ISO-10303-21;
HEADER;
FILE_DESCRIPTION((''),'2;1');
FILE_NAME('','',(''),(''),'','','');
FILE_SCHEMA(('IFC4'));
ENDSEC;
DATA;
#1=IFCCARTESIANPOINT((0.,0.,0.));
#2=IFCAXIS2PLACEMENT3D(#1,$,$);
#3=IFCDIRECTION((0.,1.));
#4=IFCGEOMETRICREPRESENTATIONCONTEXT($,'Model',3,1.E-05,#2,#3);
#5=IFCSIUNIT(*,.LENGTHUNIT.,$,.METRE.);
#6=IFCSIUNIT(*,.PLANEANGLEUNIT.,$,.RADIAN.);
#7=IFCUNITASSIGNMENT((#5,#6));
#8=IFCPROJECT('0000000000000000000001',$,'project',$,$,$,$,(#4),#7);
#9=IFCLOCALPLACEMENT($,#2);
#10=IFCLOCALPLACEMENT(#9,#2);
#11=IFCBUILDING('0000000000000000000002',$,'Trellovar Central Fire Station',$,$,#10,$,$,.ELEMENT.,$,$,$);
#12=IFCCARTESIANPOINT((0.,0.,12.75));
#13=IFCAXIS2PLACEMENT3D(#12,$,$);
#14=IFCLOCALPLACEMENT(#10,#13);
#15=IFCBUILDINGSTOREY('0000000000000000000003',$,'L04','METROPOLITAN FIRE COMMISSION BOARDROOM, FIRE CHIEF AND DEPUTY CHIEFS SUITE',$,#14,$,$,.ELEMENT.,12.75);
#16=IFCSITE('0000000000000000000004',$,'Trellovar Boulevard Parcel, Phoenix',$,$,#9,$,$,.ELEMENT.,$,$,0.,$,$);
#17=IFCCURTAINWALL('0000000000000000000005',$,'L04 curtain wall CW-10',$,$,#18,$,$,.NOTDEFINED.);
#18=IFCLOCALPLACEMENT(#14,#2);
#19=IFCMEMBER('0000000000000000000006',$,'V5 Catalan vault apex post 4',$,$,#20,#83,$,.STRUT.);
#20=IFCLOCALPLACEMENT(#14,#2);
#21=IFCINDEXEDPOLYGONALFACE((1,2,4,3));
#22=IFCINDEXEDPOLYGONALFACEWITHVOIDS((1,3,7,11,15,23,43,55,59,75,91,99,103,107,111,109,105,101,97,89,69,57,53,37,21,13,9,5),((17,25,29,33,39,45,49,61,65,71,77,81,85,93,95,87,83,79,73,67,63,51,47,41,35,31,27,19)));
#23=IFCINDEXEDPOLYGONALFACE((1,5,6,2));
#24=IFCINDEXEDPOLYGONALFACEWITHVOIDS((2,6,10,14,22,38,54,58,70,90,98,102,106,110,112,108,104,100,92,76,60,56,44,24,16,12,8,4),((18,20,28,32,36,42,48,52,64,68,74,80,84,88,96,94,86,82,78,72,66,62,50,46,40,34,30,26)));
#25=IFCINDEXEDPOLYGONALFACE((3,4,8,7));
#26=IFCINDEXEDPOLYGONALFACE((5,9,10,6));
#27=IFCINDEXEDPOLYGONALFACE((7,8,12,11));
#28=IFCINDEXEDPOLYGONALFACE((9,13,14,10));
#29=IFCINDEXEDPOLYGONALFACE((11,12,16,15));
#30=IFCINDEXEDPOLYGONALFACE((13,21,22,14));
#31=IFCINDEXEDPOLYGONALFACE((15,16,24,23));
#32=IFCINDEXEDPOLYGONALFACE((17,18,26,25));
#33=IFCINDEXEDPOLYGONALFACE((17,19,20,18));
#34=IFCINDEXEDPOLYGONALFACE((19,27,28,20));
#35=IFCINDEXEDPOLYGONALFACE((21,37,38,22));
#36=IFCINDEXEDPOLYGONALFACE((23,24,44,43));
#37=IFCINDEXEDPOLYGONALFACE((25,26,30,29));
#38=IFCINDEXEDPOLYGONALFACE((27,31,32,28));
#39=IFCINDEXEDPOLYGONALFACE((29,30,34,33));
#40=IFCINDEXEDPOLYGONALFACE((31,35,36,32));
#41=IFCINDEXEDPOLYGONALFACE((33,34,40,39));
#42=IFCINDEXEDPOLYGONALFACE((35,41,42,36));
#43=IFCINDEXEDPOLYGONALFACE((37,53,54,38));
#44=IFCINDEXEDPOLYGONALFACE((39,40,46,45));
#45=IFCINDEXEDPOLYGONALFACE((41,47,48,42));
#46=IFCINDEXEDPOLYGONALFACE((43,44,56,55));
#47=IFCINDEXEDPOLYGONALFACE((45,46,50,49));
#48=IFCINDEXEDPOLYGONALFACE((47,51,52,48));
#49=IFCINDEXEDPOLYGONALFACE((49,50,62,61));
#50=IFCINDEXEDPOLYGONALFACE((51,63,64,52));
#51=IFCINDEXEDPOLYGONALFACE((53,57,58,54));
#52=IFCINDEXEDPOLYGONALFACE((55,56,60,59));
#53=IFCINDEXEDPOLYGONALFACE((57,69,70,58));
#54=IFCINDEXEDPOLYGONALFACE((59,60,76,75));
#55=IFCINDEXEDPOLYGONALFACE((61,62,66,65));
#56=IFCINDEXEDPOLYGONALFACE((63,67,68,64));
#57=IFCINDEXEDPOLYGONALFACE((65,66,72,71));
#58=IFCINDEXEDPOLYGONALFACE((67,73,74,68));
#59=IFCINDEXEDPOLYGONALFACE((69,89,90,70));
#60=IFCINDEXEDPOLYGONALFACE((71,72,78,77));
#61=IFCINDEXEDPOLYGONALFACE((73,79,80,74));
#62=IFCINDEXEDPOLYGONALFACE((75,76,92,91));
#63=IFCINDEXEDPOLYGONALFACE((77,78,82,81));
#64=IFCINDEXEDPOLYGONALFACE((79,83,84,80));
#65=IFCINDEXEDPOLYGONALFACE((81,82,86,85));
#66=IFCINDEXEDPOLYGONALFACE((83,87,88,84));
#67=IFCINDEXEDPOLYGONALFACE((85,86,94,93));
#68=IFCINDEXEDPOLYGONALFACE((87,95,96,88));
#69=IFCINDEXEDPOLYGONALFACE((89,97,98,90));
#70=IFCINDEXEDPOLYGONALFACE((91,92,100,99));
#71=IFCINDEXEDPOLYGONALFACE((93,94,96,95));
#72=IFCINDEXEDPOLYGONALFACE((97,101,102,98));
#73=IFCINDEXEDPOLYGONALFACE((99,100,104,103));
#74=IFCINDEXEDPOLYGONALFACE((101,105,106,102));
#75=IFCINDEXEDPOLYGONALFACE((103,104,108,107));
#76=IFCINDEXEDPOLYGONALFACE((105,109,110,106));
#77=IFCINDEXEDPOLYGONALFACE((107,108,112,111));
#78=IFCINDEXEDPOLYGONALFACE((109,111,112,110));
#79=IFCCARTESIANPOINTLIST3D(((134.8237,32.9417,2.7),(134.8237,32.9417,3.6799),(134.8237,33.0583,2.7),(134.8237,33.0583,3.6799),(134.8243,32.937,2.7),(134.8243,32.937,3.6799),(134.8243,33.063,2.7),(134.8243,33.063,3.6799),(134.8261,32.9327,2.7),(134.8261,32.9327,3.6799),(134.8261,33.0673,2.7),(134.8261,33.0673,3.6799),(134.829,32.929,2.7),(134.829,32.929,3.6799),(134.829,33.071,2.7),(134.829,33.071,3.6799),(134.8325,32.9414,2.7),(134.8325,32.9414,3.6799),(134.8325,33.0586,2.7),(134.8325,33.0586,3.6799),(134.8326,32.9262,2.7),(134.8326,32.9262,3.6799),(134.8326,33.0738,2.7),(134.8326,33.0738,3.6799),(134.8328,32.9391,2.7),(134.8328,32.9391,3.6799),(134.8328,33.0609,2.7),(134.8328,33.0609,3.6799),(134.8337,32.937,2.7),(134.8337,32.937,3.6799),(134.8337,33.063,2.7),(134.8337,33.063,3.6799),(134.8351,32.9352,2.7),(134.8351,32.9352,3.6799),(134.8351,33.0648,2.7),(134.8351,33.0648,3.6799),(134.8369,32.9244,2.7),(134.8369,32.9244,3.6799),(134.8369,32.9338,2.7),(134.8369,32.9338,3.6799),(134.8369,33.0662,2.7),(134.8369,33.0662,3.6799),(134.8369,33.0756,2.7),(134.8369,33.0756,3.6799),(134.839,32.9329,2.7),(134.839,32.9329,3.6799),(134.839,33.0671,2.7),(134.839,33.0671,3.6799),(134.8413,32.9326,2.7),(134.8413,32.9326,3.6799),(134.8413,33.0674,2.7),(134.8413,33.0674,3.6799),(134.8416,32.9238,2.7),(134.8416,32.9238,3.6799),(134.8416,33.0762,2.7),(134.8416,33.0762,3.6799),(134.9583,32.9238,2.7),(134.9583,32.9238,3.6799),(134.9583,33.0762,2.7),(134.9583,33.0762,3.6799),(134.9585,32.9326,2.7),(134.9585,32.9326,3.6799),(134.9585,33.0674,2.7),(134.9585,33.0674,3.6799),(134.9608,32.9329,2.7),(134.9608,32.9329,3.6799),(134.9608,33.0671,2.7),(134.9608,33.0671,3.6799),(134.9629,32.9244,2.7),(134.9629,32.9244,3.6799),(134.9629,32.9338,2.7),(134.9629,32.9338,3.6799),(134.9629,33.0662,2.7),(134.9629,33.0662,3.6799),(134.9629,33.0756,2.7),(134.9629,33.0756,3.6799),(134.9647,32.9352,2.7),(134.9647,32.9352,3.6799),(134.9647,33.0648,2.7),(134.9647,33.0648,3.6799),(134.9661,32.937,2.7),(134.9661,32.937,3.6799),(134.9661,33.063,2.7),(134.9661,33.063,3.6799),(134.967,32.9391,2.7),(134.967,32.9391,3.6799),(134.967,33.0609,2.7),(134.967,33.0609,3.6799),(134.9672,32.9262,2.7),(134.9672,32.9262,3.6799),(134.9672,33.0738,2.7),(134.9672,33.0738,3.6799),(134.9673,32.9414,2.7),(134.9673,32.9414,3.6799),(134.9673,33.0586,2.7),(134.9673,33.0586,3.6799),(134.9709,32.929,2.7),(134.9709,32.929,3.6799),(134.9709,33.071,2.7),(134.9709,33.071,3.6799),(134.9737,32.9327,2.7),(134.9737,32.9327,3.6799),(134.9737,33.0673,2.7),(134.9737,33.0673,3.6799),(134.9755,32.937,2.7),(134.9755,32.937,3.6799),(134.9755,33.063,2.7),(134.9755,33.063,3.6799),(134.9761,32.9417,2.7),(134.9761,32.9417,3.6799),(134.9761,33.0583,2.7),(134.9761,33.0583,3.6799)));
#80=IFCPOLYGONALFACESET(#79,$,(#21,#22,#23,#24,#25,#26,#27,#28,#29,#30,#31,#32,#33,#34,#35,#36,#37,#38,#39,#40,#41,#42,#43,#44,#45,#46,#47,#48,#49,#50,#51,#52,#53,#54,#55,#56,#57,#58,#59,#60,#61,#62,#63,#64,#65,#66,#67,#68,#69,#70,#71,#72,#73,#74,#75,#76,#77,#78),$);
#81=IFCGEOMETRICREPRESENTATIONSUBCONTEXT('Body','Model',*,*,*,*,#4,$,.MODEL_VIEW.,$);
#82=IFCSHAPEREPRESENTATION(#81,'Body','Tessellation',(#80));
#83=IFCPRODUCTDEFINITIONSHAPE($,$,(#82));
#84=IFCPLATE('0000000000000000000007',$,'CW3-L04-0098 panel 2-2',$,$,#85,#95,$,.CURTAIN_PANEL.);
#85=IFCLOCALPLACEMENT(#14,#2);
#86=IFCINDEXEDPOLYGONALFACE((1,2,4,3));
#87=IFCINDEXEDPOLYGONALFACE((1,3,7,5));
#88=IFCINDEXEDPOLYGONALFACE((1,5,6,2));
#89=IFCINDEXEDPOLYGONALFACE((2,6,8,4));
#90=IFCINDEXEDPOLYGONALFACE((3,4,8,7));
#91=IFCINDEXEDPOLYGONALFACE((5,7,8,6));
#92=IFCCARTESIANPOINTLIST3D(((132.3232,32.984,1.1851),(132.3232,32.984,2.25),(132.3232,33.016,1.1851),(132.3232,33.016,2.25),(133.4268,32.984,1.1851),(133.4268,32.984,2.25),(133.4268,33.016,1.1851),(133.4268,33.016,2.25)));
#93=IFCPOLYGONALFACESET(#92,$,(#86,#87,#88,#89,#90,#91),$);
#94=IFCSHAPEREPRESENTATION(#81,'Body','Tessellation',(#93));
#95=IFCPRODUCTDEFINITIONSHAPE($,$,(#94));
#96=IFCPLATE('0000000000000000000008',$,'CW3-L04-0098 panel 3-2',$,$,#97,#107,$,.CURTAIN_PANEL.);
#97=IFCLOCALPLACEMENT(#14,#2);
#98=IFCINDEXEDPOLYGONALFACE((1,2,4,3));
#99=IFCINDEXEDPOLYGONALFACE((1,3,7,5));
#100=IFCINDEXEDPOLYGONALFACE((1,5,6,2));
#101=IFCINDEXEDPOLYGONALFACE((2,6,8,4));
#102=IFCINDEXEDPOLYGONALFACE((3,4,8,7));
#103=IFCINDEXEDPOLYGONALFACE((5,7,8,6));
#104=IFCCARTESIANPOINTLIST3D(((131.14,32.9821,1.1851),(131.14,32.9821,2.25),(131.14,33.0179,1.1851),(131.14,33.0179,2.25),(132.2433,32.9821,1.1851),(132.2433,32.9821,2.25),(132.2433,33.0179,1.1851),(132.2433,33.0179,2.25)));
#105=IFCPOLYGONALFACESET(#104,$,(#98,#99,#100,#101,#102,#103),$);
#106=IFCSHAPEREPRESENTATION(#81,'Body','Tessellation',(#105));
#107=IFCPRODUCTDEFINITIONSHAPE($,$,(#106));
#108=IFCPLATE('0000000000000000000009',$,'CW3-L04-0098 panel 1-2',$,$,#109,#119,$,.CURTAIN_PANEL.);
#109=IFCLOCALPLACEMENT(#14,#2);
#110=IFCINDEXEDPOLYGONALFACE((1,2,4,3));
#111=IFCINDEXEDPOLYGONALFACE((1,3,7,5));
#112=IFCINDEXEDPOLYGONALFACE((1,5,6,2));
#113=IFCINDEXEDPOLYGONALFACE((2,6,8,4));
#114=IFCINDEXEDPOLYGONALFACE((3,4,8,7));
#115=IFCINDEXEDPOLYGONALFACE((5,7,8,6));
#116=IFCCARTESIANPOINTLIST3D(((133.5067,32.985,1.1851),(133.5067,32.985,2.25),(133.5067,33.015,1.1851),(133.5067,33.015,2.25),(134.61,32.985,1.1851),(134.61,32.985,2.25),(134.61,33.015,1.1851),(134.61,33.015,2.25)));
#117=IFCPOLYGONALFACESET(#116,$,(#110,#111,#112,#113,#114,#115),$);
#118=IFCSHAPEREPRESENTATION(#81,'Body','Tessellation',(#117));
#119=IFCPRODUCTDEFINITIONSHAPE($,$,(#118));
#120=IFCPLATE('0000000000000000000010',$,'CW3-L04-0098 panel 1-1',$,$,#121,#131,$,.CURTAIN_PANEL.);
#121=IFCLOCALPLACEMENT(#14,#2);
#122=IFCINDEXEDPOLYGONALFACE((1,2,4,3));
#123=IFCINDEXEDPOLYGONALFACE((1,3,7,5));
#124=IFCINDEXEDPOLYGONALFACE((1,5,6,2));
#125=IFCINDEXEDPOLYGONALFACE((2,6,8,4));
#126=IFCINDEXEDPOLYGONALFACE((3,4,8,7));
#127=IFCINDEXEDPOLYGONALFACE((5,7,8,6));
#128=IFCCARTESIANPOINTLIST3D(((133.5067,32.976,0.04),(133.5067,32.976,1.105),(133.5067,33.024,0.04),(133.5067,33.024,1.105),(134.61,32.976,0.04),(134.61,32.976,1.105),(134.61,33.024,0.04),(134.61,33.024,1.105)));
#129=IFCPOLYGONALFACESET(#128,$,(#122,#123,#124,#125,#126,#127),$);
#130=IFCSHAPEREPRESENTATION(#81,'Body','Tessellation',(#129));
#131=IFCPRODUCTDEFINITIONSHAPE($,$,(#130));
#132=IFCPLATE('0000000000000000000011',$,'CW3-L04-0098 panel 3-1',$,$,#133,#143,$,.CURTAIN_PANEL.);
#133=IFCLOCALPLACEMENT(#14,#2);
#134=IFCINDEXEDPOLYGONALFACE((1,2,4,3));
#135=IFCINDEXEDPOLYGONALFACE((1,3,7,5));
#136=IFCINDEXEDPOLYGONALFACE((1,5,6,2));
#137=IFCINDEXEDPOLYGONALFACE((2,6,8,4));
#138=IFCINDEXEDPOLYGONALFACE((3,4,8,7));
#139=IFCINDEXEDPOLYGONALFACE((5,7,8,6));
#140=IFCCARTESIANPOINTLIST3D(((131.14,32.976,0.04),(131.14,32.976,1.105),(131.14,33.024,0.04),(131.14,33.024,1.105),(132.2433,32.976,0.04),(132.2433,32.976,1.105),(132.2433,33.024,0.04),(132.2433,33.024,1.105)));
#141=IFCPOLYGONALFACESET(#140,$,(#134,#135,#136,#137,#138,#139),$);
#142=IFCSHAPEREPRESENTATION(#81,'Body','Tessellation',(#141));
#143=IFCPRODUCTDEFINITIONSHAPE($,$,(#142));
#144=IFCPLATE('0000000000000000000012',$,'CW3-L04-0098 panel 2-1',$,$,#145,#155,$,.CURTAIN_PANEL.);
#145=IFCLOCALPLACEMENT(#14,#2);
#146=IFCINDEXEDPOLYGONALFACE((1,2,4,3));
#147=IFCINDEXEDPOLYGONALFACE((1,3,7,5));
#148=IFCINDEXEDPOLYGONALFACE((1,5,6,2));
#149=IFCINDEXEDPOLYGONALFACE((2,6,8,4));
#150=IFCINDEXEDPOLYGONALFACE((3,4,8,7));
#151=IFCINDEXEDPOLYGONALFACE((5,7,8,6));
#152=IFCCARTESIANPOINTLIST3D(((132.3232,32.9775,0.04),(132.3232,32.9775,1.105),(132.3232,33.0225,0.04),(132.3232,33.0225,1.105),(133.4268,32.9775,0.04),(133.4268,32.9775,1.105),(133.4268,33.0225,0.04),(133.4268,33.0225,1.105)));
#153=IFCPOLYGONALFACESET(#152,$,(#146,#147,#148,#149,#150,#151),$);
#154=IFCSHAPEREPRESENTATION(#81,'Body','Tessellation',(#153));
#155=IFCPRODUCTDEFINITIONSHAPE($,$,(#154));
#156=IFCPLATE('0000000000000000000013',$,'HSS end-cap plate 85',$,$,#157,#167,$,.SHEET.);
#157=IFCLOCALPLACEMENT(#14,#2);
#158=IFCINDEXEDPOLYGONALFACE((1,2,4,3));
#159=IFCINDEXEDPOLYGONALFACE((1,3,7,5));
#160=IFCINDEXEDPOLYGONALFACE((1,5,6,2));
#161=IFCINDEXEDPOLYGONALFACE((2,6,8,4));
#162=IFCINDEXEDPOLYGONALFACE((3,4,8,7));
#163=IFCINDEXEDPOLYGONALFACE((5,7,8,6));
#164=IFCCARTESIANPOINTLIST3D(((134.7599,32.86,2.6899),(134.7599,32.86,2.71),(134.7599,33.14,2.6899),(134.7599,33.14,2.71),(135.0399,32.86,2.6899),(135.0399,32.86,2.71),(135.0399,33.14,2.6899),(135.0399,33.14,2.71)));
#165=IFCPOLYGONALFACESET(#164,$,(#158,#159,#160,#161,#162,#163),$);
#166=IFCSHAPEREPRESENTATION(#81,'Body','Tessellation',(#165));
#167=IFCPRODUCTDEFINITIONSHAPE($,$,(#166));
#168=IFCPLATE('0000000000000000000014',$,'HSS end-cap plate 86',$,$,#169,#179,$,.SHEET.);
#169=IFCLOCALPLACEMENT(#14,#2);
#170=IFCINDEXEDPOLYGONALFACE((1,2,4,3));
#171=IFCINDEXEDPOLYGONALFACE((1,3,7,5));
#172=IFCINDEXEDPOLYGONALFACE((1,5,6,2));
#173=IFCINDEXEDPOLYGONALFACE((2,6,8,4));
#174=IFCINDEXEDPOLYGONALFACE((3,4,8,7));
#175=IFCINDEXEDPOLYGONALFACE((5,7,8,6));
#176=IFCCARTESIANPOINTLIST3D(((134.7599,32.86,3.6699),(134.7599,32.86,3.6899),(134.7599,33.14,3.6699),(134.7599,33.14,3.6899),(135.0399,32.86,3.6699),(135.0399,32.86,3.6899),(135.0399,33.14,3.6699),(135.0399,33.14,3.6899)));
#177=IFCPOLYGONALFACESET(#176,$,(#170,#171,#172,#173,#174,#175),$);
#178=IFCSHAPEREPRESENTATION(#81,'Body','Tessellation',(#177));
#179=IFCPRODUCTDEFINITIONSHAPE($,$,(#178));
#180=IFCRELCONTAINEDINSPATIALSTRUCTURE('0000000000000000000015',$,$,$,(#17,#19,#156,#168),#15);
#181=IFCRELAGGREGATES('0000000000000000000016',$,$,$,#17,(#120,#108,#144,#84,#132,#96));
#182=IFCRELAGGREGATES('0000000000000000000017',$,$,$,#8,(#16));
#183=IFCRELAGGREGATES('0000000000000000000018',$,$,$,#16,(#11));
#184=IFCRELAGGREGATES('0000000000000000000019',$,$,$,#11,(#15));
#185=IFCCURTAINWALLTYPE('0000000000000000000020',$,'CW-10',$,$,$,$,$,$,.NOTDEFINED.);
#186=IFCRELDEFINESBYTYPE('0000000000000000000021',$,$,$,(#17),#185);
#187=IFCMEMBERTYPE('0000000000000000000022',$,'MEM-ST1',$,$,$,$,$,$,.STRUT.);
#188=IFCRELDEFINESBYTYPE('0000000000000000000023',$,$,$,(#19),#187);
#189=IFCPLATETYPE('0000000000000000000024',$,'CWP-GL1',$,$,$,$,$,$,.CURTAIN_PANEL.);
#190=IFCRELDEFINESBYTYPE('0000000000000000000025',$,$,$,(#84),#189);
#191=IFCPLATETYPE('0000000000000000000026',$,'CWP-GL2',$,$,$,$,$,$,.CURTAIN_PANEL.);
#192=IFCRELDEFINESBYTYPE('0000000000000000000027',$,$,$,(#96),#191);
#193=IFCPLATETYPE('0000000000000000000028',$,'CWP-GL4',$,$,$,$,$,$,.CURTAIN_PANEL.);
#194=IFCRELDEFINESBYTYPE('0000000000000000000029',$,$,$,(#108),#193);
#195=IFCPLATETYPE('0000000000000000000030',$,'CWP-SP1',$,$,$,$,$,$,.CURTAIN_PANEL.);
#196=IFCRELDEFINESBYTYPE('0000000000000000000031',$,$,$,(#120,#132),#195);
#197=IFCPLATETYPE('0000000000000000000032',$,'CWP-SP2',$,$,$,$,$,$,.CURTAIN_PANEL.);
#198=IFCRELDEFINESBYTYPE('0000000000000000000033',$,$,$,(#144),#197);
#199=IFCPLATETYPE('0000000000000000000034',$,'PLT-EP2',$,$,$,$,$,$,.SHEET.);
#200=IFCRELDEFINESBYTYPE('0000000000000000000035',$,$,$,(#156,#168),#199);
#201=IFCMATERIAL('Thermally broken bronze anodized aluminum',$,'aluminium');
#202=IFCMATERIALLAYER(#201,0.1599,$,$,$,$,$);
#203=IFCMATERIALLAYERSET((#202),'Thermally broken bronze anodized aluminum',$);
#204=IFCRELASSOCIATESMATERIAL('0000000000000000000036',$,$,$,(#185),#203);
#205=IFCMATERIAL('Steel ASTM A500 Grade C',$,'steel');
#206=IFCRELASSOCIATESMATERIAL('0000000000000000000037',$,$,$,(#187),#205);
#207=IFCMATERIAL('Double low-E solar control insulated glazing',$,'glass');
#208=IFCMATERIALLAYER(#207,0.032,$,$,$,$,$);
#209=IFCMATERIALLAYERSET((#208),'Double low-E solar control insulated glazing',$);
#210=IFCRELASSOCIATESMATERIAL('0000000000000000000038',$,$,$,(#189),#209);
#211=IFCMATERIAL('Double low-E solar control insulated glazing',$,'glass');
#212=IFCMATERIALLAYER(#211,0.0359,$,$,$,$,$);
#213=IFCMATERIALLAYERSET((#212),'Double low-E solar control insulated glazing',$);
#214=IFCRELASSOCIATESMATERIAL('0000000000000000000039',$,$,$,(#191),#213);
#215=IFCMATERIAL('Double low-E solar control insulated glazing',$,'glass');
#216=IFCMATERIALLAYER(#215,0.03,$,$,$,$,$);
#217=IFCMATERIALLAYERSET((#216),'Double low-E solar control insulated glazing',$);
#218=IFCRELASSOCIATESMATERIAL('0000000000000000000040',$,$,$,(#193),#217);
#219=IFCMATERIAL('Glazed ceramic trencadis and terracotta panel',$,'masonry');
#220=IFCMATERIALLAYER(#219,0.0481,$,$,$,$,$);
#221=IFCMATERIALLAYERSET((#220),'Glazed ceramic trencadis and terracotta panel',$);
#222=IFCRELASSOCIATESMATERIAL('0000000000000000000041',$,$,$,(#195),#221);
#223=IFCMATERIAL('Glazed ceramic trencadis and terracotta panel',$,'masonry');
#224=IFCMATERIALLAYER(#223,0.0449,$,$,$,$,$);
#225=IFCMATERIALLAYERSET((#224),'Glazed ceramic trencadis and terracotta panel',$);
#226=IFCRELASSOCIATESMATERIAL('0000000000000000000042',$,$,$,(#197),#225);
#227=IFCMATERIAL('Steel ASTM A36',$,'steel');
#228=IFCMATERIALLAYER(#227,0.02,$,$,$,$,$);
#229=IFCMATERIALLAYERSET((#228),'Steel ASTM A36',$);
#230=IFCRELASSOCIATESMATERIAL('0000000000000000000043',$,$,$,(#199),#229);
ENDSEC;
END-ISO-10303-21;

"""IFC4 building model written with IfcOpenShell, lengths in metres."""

from ifc_helpers import new_model, si_unit, direction, frame, origin, origin_2d, place, context, subcontext, project, spatial, rectangle, hollow_rectangle, extrude, material, layer, layer_set, material_profile, profile_set, type_object, element, aggregate, save


model = new_model("IFC4")

# Units and contexts
model_context = context("Model", 3, precision=1e-05, world=origin(), true_north=direction((0.0, 1.0)))
body_context = subcontext(model_context, "Body", "Model", "MODEL_VIEW")
ifc_project = project(units=[si_unit("LENGTHUNIT", "METRE"), si_unit("PLANEANGLEUNIT", "RADIAN")], contexts=[model_context])

# Site, building, storey
site_placement = place(None, origin())
site = spatial("IfcSite", under=ifc_project, at=site_placement, Name="Trellovar Boulevard Parcel, Phoenix", CompositionType="ELEMENT", RefElevation=0.0)
building_placement = place(site_placement, origin())
building = spatial("IfcBuilding", under=site, at=building_placement, Name="Trellovar Central Fire Station", CompositionType="ELEMENT")
storey_placement = place(building_placement, frame((0.0, 0.0, 12.75)))
storey = spatial("IfcBuildingStorey", under=building, at=storey_placement, Name="L04", Description="METROPOLITAN FIRE COMMISSION BOARDROOM, FIRE CHIEF AND DEPUTY CHIEFS SUITE", CompositionType="ELEMENT", Elevation=12.75)

# Curtain wall
ifc_material_1 = material(Name="Thermally broken bronze anodized aluminum", Category="aluminium")
ifc_layer_1 = layer(ifc_material_1, 0.1599)
ifc_layer_set_1 = layer_set([ifc_layer_1], Name="Thermally broken bronze anodized aluminum")
curtain_wall_type_1 = type_object("IfcCurtainWallType", Name="CW-10", PredefinedType="NOTDEFINED", material=ifc_layer_set_1)
curtain_wall_1_placement = place(storey_placement, origin())
curtain_wall_1 = element("IfcCurtainWall", 1, at=curtain_wall_1_placement, inside=storey, type_object=curtain_wall_type_1, Name="L04 curtain wall CW-10", PredefinedType="NOTDEFINED")

# Member
ifc_material_2 = material(Name="Steel ASTM A500 Grade C", Category="steel")
ifc_material_profile_1 = material_profile(ifc_material_2, hollow_rectangle(XDim=0.1523, YDim=0.1523, WallThickness=0.0088, InnerFilletRadius=0.0088, OuterFilletRadius=0.0178, at=origin_2d()), Name="HSS6X6X3/8")
ifc_profile_set_1 = profile_set([ifc_material_profile_1], Name="Steel ASTM A500 Grade C")
member_type_1 = type_object("IfcMemberType", Name="MEM-ST1", PredefinedType="STRUT", material=ifc_profile_set_1)
member_1_placement = place(storey_placement, frame((134.8999, 33.0, 2.7), z_axis=(0.0, 0.0, 1.0), x_axis=(1.0, 0.0, 0.0)))
element("IfcMember", 2, at=member_1_placement, inside=storey, type_object=member_type_1, Name="V5 Catalan vault apex post 4", PredefinedType="STRUT", context=body_context, shape_type="SweptSolid", body=[
    extrude(hollow_rectangle(XDim=0.1523, YDim=0.1523, WallThickness=0.0088, InnerFilletRadius=0.0088, OuterFilletRadius=0.0178, at=origin_2d()), origin(), (0.0, 0.0, 1.0), 0.98),
])

# Plates
ifc_material_3 = material(Name="Double low-E solar control insulated glazing", Category="glass")
ifc_layer_2 = layer(ifc_material_3, 0.032)
ifc_layer_set_2 = layer_set([ifc_layer_2], Name="Double low-E solar control insulated glazing")
plate_type_1 = type_object("IfcPlateType", Name="CWP-GL1", PredefinedType="CURTAIN_PANEL", material=ifc_layer_set_2)
plate_1_placement = place(storey_placement, frame((132.875, 33.0, 1.1851), z_axis=(0.0, 0.0, 1.0), x_axis=(-1.0, 0.0, 0.0)))
plate_1 = element("IfcPlate", 3, at=plate_1_placement, type_object=plate_type_1, Name="CW3-L04-0098 panel 2-2", PredefinedType="CURTAIN_PANEL", context=body_context, shape_type="SweptSolid", body=[
    extrude(rectangle(XDim=1.1035, YDim=0.032, at=origin_2d()), origin(), (0.0, 0.0, 1.0), 1.0649),
])
ifc_material_4 = material(Name="Double low-E solar control insulated glazing", Category="glass")
ifc_layer_3 = layer(ifc_material_4, 0.0359)
ifc_layer_set_3 = layer_set([ifc_layer_3], Name="Double low-E solar control insulated glazing")
plate_type_2 = type_object("IfcPlateType", Name="CWP-GL2", PredefinedType="CURTAIN_PANEL", material=ifc_layer_set_3)
plate_2_placement = place(storey_placement, frame((131.6917, 33.0, 1.1851), z_axis=(0.0, 0.0, 1.0), x_axis=(-1.0, 0.0, 0.0)))
plate_2 = element("IfcPlate", 4, at=plate_2_placement, type_object=plate_type_2, Name="CW3-L04-0098 panel 3-2", PredefinedType="CURTAIN_PANEL", context=body_context, shape_type="SweptSolid", body=[
    extrude(rectangle(XDim=1.1033, YDim=0.0359, at=origin_2d()), origin(), (0.0, 0.0, 1.0), 1.0649),
])
ifc_material_5 = material(Name="Double low-E solar control insulated glazing", Category="glass")
ifc_layer_4 = layer(ifc_material_5, 0.03)
ifc_layer_set_4 = layer_set([ifc_layer_4], Name="Double low-E solar control insulated glazing")
plate_type_3 = type_object("IfcPlateType", Name="CWP-GL4", PredefinedType="CURTAIN_PANEL", material=ifc_layer_set_4)
plate_3_placement = place(storey_placement, frame((134.0583, 33.0, 1.1851), z_axis=(0.0, 0.0, 1.0), x_axis=(-1.0, 0.0, 0.0)))
plate_3 = element("IfcPlate", 5, at=plate_3_placement, type_object=plate_type_3, Name="CW3-L04-0098 panel 1-2", PredefinedType="CURTAIN_PANEL", context=body_context, shape_type="SweptSolid", body=[
    extrude(rectangle(XDim=1.1033, YDim=0.03, at=origin_2d()), origin(), (0.0, 0.0, 1.0), 1.0649),
])
ifc_material_6 = material(Name="Glazed ceramic trencadis and terracotta panel", Category="masonry")
ifc_layer_5 = layer(ifc_material_6, 0.0481)
ifc_layer_set_5 = layer_set([ifc_layer_5], Name="Glazed ceramic trencadis and terracotta panel")
plate_type_4 = type_object("IfcPlateType", Name="CWP-SP1", PredefinedType="CURTAIN_PANEL", material=ifc_layer_set_5)
plate_4_placement = place(storey_placement, frame((134.0583, 33.0, 0.04), z_axis=(0.0, 0.0, 1.0), x_axis=(-1.0, 0.0, 0.0)))
plate_4 = element("IfcPlate", 6, at=plate_4_placement, type_object=plate_type_4, Name="CW3-L04-0098 panel 1-1", PredefinedType="CURTAIN_PANEL", context=body_context, shape_type="SweptSolid", body=[
    extrude(rectangle(XDim=1.1033, YDim=0.0481, at=origin_2d()), origin(), (0.0, 0.0, 1.0), 1.0649),
])
plate_5_placement = place(storey_placement, frame((131.6917, 33.0, 0.04), z_axis=(0.0, 0.0, 1.0), x_axis=(-1.0, 0.0, 0.0)))
plate_5 = element("IfcPlate", 7, at=plate_5_placement, type_object=plate_type_4, Name="CW3-L04-0098 panel 3-1", PredefinedType="CURTAIN_PANEL", context=body_context, shape_type="SweptSolid", body=[
    extrude(rectangle(XDim=1.1033, YDim=0.0481, at=origin_2d()), origin(), (0.0, 0.0, 1.0), 1.0649),
])
ifc_material_7 = material(Name="Glazed ceramic trencadis and terracotta panel", Category="masonry")
ifc_layer_6 = layer(ifc_material_7, 0.0449)
ifc_layer_set_6 = layer_set([ifc_layer_6], Name="Glazed ceramic trencadis and terracotta panel")
plate_type_5 = type_object("IfcPlateType", Name="CWP-SP2", PredefinedType="CURTAIN_PANEL", material=ifc_layer_set_6)
plate_6_placement = place(storey_placement, frame((132.875, 33.0, 0.04), z_axis=(0.0, 0.0, 1.0), x_axis=(-1.0, 0.0, 0.0)))
plate_6 = element("IfcPlate", 8, at=plate_6_placement, type_object=plate_type_5, Name="CW3-L04-0098 panel 2-1", PredefinedType="CURTAIN_PANEL", context=body_context, shape_type="SweptSolid", body=[
    extrude(rectangle(XDim=1.1035, YDim=0.0449, at=origin_2d()), origin(), (0.0, 0.0, 1.0), 1.0649),
])
aggregate(curtain_wall_1, [plate_4, plate_3, plate_6, plate_1, plate_5, plate_2])

# Plates
ifc_material_8 = material(Name="Steel ASTM A36", Category="steel")
ifc_layer_7 = layer(ifc_material_8, 0.02)
ifc_layer_set_7 = layer_set([ifc_layer_7], Name="Steel ASTM A36")
plate_type_6 = type_object("IfcPlateType", Name="PLT-EP2", PredefinedType="SHEET", material=ifc_layer_set_7)
for number, where, z_axis, x_axis, name in (
    (9, (134.8999, 33.0, 2.6899), (0.0, 0.0, 1.0), (1.0, 0.0, 0.0), "HSS end-cap plate 85"),
    (10, (134.8999, 33.0, 3.6699), (0.0, 0.0, 1.0), (1.0, 0.0, 0.0), "HSS end-cap plate 86"),
):
    element("IfcPlate", number, at=place(storey_placement, frame(where, z_axis=z_axis, x_axis=x_axis)), inside=storey, type_object=plate_type_6, Name=name, PredefinedType="SHEET", context=body_context, shape_type="SweptSolid", body=[
        extrude(rectangle(XDim=0.28, YDim=0.28, at=origin_2d()), origin(), (0.0, 0.0, 1.0), 0.02),
    ])

save(model, "model.ifc")
